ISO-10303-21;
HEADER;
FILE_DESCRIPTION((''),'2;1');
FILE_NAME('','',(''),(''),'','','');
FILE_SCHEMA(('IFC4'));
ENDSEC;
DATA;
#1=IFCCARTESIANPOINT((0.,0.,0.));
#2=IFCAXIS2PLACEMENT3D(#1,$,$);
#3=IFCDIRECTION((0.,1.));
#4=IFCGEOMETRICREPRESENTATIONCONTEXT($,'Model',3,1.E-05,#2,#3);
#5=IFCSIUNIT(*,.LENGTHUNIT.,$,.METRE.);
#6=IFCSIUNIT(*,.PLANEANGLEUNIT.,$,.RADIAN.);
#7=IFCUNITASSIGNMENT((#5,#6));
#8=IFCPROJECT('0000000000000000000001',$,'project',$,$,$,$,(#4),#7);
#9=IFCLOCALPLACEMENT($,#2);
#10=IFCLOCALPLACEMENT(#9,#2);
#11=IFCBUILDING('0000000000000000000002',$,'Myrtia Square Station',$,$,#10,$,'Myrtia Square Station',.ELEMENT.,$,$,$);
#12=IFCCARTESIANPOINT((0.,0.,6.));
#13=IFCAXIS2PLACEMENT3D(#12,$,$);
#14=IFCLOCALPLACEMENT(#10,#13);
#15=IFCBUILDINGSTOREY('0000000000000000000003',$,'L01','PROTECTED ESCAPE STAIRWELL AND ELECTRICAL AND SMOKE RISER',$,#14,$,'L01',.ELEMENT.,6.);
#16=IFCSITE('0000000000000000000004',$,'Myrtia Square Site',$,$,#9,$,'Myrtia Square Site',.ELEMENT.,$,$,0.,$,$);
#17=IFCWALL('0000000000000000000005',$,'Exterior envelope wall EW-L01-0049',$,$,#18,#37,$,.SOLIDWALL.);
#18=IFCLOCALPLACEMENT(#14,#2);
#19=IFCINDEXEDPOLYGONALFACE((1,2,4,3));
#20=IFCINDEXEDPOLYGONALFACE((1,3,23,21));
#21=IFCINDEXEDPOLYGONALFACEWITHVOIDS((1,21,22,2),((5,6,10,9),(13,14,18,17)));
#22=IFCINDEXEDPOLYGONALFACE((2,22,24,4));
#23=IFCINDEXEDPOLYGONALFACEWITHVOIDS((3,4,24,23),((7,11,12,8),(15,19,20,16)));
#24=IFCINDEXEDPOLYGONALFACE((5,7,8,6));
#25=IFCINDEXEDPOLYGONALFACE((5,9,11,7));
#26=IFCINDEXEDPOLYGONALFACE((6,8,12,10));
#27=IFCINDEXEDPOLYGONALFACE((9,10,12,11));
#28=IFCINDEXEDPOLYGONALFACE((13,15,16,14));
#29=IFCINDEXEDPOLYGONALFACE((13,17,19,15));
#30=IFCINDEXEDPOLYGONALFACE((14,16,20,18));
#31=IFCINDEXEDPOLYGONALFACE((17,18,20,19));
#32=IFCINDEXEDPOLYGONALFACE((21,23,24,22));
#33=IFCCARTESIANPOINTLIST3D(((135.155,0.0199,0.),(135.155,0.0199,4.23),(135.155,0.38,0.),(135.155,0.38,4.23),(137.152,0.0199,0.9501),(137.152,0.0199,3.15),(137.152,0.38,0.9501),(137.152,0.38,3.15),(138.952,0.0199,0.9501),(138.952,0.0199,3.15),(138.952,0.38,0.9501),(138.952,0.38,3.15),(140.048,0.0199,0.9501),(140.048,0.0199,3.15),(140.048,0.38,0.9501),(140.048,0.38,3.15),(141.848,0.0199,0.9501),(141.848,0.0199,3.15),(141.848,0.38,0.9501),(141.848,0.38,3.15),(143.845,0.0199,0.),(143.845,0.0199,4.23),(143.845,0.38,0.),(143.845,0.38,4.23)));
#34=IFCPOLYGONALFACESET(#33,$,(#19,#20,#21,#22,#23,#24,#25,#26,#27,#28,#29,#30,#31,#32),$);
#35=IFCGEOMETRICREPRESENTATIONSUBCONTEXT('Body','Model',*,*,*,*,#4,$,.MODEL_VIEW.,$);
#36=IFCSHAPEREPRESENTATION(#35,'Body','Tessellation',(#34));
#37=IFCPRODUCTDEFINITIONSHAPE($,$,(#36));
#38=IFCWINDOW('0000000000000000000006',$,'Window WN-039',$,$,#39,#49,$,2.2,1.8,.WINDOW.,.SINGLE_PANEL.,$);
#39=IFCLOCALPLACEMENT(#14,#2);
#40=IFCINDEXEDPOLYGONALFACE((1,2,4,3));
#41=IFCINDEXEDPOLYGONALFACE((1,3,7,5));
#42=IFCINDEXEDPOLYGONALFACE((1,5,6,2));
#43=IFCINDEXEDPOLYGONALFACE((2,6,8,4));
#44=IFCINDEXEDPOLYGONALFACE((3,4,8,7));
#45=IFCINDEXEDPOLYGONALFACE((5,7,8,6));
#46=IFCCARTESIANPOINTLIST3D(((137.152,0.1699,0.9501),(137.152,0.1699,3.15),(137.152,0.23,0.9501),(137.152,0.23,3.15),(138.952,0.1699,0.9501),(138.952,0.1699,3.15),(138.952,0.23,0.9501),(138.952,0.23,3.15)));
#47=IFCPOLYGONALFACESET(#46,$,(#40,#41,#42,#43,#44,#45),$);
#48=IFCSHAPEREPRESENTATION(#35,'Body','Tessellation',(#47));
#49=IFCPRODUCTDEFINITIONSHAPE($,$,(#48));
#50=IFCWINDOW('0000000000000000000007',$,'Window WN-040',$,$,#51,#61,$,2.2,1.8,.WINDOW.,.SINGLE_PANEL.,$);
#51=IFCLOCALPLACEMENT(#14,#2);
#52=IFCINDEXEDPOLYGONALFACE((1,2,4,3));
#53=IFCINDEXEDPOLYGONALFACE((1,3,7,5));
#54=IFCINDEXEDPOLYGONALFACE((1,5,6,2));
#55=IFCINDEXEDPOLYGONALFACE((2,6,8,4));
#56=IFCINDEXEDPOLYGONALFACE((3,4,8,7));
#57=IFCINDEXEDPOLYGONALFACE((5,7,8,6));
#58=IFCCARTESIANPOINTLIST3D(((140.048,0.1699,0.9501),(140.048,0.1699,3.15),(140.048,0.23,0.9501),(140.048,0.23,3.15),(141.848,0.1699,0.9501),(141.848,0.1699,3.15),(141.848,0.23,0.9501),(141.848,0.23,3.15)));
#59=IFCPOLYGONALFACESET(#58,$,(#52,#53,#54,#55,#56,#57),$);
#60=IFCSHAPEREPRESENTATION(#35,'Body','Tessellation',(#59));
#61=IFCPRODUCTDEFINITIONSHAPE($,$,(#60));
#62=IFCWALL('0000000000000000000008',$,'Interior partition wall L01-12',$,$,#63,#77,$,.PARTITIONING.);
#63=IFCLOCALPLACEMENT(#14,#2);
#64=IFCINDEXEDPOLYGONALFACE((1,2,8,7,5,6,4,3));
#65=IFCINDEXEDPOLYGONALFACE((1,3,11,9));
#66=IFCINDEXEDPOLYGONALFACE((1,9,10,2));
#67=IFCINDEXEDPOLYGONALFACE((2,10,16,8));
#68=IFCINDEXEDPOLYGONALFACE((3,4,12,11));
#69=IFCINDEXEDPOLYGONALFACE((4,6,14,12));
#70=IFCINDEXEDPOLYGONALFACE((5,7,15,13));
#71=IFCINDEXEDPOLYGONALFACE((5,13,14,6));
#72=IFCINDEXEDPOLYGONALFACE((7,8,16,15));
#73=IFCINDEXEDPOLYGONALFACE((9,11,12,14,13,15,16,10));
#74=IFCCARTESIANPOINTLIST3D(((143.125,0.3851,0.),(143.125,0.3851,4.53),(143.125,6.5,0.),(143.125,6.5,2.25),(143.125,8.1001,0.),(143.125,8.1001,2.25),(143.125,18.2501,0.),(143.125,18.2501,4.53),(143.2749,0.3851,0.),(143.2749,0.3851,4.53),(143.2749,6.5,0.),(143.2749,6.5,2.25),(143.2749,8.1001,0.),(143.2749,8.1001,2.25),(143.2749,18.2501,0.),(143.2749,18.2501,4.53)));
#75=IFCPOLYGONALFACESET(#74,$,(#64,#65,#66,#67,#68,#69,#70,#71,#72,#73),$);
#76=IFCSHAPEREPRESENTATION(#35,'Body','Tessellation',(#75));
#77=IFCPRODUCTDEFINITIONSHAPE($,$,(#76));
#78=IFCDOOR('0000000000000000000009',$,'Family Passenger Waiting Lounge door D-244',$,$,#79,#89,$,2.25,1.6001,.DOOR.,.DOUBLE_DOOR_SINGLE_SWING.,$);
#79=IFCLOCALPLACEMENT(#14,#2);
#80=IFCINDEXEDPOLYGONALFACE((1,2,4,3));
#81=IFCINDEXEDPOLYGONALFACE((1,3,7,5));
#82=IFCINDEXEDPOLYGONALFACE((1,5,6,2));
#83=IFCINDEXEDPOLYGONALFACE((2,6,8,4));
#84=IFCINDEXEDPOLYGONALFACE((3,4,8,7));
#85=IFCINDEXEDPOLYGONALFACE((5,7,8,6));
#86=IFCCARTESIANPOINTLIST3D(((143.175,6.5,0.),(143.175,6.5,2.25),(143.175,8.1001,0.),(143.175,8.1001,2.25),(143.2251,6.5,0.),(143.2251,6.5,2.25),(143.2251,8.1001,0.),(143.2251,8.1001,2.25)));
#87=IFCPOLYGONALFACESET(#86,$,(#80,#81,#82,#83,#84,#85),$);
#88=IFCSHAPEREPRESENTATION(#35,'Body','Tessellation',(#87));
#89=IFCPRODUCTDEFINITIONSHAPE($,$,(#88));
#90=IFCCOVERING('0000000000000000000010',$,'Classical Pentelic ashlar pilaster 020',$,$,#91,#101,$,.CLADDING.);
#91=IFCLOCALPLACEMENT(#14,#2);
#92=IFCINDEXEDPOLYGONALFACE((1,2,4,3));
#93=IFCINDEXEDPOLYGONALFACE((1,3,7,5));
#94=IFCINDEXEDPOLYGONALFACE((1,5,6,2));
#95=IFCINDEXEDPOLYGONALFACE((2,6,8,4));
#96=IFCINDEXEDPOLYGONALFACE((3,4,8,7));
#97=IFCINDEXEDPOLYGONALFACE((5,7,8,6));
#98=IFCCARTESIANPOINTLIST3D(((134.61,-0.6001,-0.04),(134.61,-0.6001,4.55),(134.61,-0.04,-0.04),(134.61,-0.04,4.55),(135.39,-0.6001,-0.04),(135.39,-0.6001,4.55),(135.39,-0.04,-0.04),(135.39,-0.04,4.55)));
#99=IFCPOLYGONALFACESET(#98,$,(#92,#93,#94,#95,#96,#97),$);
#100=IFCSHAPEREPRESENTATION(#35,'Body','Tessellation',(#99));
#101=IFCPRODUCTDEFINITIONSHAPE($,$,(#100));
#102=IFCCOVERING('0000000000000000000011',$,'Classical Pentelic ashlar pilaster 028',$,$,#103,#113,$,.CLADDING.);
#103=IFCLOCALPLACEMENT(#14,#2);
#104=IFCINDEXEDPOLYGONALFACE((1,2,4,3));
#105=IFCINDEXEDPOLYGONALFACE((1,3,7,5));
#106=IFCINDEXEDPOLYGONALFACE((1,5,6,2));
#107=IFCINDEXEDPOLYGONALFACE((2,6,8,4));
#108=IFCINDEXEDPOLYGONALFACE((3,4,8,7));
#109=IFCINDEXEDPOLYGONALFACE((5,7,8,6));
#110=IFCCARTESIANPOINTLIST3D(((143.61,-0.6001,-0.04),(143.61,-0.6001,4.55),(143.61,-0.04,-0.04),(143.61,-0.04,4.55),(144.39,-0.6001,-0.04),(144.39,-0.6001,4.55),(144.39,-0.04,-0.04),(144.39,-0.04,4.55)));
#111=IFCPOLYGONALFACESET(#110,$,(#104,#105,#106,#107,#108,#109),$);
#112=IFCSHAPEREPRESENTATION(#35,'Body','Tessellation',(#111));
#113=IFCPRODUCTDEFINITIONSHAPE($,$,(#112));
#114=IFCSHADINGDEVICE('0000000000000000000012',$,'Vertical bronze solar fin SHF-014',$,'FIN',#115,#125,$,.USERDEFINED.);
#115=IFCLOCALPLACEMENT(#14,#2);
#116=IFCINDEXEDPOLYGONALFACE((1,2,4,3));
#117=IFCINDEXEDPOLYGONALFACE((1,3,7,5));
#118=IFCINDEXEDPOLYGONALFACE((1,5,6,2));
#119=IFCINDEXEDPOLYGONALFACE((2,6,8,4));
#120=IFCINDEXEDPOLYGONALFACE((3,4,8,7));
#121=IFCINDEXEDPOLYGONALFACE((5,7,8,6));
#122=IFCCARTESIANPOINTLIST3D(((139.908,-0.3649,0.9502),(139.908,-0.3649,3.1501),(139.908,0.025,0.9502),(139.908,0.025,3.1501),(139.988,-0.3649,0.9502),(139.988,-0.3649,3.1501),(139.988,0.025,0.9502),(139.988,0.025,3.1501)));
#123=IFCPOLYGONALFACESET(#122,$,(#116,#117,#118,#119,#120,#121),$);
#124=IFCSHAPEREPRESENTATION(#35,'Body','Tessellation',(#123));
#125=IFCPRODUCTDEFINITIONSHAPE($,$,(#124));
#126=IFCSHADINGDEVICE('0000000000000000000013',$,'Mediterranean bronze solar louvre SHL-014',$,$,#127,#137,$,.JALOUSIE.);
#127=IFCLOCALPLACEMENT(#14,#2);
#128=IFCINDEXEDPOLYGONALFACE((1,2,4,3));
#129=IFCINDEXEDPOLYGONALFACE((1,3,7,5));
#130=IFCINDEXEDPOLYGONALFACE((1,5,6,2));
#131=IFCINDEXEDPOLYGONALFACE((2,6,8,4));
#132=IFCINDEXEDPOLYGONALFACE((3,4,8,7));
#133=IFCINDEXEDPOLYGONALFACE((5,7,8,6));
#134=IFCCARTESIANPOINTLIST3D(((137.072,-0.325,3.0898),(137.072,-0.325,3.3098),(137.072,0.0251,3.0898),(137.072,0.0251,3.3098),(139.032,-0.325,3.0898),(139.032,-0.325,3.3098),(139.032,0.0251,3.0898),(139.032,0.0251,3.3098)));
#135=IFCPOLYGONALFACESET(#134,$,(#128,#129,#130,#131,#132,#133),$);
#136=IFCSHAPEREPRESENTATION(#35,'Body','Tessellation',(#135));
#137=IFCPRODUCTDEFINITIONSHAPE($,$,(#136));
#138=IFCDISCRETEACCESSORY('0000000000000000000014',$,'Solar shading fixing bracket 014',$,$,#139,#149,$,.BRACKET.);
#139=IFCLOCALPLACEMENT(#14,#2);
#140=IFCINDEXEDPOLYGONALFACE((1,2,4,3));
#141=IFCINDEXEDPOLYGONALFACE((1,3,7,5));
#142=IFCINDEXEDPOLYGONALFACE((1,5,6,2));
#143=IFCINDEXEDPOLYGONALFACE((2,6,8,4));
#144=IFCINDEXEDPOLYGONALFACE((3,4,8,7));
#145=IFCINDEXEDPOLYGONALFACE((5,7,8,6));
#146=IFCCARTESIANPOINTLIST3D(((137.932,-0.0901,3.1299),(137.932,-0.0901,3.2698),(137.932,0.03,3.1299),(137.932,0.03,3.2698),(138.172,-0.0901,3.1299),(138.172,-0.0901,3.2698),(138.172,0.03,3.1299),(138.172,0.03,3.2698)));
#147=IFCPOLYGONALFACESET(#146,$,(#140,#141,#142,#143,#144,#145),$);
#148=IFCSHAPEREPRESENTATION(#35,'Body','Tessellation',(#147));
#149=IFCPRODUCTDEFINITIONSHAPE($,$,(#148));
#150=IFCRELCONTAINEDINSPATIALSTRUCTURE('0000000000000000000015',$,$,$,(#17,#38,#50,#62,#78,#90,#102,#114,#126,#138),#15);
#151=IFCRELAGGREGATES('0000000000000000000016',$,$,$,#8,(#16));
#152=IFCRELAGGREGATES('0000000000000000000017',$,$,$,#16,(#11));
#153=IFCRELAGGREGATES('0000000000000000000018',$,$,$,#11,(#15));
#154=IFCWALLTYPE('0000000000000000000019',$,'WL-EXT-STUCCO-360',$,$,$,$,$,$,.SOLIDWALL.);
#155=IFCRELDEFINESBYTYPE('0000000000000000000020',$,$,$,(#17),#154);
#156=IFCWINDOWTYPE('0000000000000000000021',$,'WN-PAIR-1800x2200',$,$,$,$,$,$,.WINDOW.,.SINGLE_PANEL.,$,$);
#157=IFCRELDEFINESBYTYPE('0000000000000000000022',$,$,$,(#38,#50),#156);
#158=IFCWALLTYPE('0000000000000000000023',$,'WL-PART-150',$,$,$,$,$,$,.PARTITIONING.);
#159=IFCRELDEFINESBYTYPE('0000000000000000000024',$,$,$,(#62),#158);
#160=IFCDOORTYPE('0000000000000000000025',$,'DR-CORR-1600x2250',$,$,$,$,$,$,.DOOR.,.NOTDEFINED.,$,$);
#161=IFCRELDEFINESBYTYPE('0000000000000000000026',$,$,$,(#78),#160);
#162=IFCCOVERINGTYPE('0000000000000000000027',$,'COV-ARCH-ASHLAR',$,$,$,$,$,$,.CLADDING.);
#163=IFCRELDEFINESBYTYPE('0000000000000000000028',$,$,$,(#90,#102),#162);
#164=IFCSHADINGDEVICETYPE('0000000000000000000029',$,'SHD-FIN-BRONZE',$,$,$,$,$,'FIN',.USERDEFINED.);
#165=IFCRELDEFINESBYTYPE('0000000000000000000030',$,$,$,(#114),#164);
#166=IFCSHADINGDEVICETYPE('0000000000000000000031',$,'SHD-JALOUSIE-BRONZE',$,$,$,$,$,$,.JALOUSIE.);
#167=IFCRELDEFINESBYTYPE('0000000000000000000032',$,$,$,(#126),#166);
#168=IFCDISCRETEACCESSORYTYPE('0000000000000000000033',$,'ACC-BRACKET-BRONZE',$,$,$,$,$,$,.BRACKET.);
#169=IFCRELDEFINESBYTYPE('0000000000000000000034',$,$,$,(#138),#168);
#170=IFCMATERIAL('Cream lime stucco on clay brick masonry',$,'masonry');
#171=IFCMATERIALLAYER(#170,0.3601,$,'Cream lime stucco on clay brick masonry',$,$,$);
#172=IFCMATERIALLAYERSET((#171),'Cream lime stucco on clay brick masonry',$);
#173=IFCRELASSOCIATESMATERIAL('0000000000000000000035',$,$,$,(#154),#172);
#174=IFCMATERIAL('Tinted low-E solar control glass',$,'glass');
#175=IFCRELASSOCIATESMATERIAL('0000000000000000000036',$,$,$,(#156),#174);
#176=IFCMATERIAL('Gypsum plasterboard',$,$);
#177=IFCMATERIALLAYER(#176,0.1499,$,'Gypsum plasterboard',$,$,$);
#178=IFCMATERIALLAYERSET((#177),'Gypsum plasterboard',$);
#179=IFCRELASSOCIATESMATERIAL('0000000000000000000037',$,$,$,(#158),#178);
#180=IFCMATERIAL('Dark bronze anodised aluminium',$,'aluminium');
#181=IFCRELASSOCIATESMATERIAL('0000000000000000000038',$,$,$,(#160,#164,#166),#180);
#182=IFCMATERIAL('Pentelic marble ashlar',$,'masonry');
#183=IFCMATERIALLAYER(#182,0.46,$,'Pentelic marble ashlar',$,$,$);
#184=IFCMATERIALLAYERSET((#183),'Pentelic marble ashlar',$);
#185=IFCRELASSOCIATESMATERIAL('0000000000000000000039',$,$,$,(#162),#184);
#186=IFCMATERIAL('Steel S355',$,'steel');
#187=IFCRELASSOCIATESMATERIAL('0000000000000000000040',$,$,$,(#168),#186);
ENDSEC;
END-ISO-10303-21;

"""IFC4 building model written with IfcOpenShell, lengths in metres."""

from ifc_helpers import new_model, si_unit, direction, frame, frame_2d, origin, origin_2d, place, context, subcontext, project, spatial, rectangle, extrude, material, layer, layer_set, type_object, element, fill, save


model = new_model("IFC4")

# Units and contexts
model_context = context("Model", 3, precision=1e-05, world=origin(), true_north=direction((0.0, 1.0)))
body_context = subcontext(model_context, "Body", "Model", "MODEL_VIEW")
ifc_project = project(units=[si_unit("LENGTHUNIT", "METRE"), si_unit("PLANEANGLEUNIT", "RADIAN")], contexts=[model_context])

# Site, building, storey
site_placement = place(None, origin())
site = spatial("IfcSite", under=ifc_project, at=site_placement, Name="Myrtia Square Site", LongName="Myrtia Square Site", CompositionType="ELEMENT", RefElevation=0.0)
building_placement = place(site_placement, origin())
building = spatial("IfcBuilding", under=site, at=building_placement, Name="Myrtia Square Station", LongName="Myrtia Square Station", CompositionType="ELEMENT")
storey_placement = place(building_placement, frame((0.0, 0.0, 6.0)))
storey = spatial("IfcBuildingStorey", under=building, at=storey_placement, Name="L01", Description="PROTECTED ESCAPE STAIRWELL AND ELECTRICAL AND SMOKE RISER", LongName="L01", CompositionType="ELEMENT", Elevation=6.0)

# Shared definitions
ifc_material_1 = material(Name="Steel S355", Category="steel")

# Shared definitions
ifc_material_2 = material(Name="Dark bronze anodised aluminium", Category="aluminium")

# Wall, openings, windows
ifc_material_3 = material(Name="Cream lime stucco on clay brick masonry", Category="masonry")
ifc_layer_1 = layer(ifc_material_3, 0.3601, Name="Cream lime stucco on clay brick masonry")
ifc_layer_set_1 = layer_set([ifc_layer_1], Name="Cream lime stucco on clay brick masonry")
wall_type_1 = type_object("IfcWallType", Name="WL-EXT-STUCCO-360", PredefinedType="SOLIDWALL", material=ifc_layer_set_1)
wall_1_placement = place(storey_placement, frame((135.155, 0.2, 0.0), z_axis=(0.0, 0.0, 1.0), x_axis=(1.0, 0.0, 0.0)))
wall_1 = element("IfcWall", 1, at=wall_1_placement, inside=storey, type_object=wall_type_1, Name="Exterior envelope wall EW-L01-0049", PredefinedType="SOLIDWALL", context=body_context, shape_type="SweptSolid", body=[
    extrude(rectangle(XDim=8.6899, YDim=0.3601, at=frame_2d((4.345, 0.0))), origin(), (0.0, 0.0, 1.0), 4.23),
])
opening_1_placement = place(wall_1_placement, frame((1.9971, 0.0, 0.95)))
opening_1 = element("IfcOpeningElement", 2, at=opening_1_placement, cuts=wall_1, PredefinedType="OPENING", context=body_context, shape_type="SweptSolid", body=[
    extrude(rectangle(XDim=1.8, YDim=2.2, at=frame_2d((0.8999, 1.1001))), frame((0.0, 0.1951, 0.0), z_axis=(0.0, -1.0, 0.0), x_axis=(1.0, 0.0, 0.0)), (0.0, 0.0, 1.0), 0.3901),
])
opening_2_placement = place(wall_1_placement, frame((4.8931, 0.0, 0.95)))
opening_2 = element("IfcOpeningElement", 3, at=opening_2_placement, cuts=wall_1, PredefinedType="OPENING", context=body_context, shape_type="SweptSolid", body=[
    extrude(rectangle(XDim=1.8, YDim=2.2, at=frame_2d((0.8999, 1.1001))), frame((0.0, 0.1951, 0.0), z_axis=(0.0, -1.0, 0.0), x_axis=(1.0, 0.0, 0.0)), (0.0, 0.0, 1.0), 0.3901),
])
ifc_material_4 = material(Name="Tinted low-E solar control glass", Category="glass")
window_type = type_object("IfcWindowType", Name="WN-PAIR-1800x2200", PartitioningType="SINGLE_PANEL", PredefinedType="WINDOW", material=ifc_material_4)
window_1_placement = place(opening_1_placement, origin())
window_1 = element("IfcWindow", 4, at=window_1_placement, inside=storey, type_object=window_type, Name="Window WN-039", OverallHeight=2.2, OverallWidth=1.8, PartitioningType="SINGLE_PANEL", PredefinedType="WINDOW", context=body_context, shape_type="SweptSolid", body=[
    extrude(rectangle(XDim=1.8, YDim=2.2, at=frame_2d((0.8999, 1.1001))), frame((0.0, 0.03, 0.0), z_axis=(0.0, -1.0, 0.0), x_axis=(1.0, 0.0, 0.0)), (0.0, 0.0, 1.0), 0.0601),
])
fill(opening_1, window_1)
window_2_placement = place(opening_2_placement, origin())
window_2 = element("IfcWindow", 5, at=window_2_placement, inside=storey, type_object=window_type, Name="Window WN-040", OverallHeight=2.2, OverallWidth=1.8, PartitioningType="SINGLE_PANEL", PredefinedType="WINDOW", context=body_context, shape_type="SweptSolid", body=[
    extrude(rectangle(XDim=1.8, YDim=2.2, at=frame_2d((0.8999, 1.1001))), frame((0.0, 0.03, 0.0), z_axis=(0.0, -1.0, 0.0), x_axis=(1.0, 0.0, 0.0)), (0.0, 0.0, 1.0), 0.0601),
])
fill(opening_2, window_2)

# Wall, opening, door
ifc_material_5 = material(Name="Gypsum plasterboard")
ifc_layer_2 = layer(ifc_material_5, 0.1499, Name="Gypsum plasterboard")
ifc_layer_set_2 = layer_set([ifc_layer_2], Name="Gypsum plasterboard")
wall_type_2 = type_object("IfcWallType", Name="WL-PART-150", PredefinedType="PARTITIONING", material=ifc_layer_set_2)
wall_2_placement = place(storey_placement, frame((143.2, 0.385, 0.0), z_axis=(0.0, 0.0, 1.0), x_axis=(0.0, 1.0, 0.0)))
wall_2 = element("IfcWall", 6, at=wall_2_placement, inside=storey, type_object=wall_type_2, Name="Interior partition wall L01-12", PredefinedType="PARTITIONING", context=body_context, shape_type="SweptSolid", body=[
    extrude(rectangle(XDim=17.865, YDim=0.1499, at=frame_2d((8.9326, 0.0))), origin(), (0.0, 0.0, 1.0), 4.53),
])
opening_3_placement = place(wall_2_placement, frame((6.115, 0.0, 0.0)))
opening_3 = element("IfcOpeningElement", 7, at=opening_3_placement, cuts=wall_2, PredefinedType="OPENING", context=body_context, shape_type="SweptSolid", body=[
    extrude(rectangle(XDim=1.6001, YDim=2.25, at=frame_2d((0.8, 1.125))), frame((0.0, 0.0898, 0.0), z_axis=(0.0, -1.0, 0.0), x_axis=(1.0, 0.0, 0.0)), (0.0, 0.0, 1.0), 0.1799),
])
door_type_1 = type_object("IfcDoorType", Name="DR-CORR-1600x2250", OperationType="NOTDEFINED", PredefinedType="DOOR", material=ifc_material_2)
door_1_placement = place(opening_3_placement, origin())
door_1 = element("IfcDoor", 8, at=door_1_placement, inside=storey, type_object=door_type_1, Name="Family Passenger Waiting Lounge door D-244", OperationType="DOUBLE_DOOR_SINGLE_SWING", OverallHeight=2.25, OverallWidth=1.6001, PredefinedType="DOOR", context=body_context, shape_type="SweptSolid", body=[
    extrude(rectangle(XDim=1.6001, YDim=2.25, at=frame_2d((0.8, 1.125))), frame((0.0, 0.0249, 0.0), z_axis=(0.0, -1.0, 0.0), x_axis=(1.0, 0.0, 0.0)), (0.0, 0.0, 1.0), 0.05),
])
fill(opening_3, door_1)

# Coverings
ifc_material_6 = material(Name="Pentelic marble ashlar", Category="masonry")
ifc_layer_3 = layer(ifc_material_6, 0.46, Name="Pentelic marble ashlar")
ifc_layer_set_3 = layer_set([ifc_layer_3], Name="Pentelic marble ashlar")
covering_type = type_object("IfcCoveringType", Name="COV-ARCH-ASHLAR", PredefinedType="CLADDING", material=ifc_layer_set_3)
for number, where, z_axis, x_axis, name in (
    (9, (135.0, -0.3201, -0.04), (0.0, 0.0, 1.0), (1.0, 0.0, 0.0), "Classical Pentelic ashlar pilaster 020"),
    (10, (144.0, -0.3201, -0.04), (0.0, 0.0, 1.0), (1.0, 0.0, 0.0), "Classical Pentelic ashlar pilaster 028"),
):
    element("IfcCovering", number, at=place(storey_placement, frame(where, z_axis=z_axis, x_axis=x_axis)), inside=storey, type_object=covering_type, Name=name, PredefinedType="CLADDING", context=body_context, shape_type="SweptSolid", body=[
        extrude(rectangle(XDim=0.78, YDim=0.5601, at=origin_2d()), origin(), (0.0, 0.0, 1.0), 4.5901),
    ])

# Shading devices
shading_device_type_1 = type_object("IfcShadingDeviceType", Name="SHD-FIN-BRONZE", ElementType="FIN", PredefinedType="USERDEFINED", material=ifc_material_2)
shading_device_1_placement = place(storey_placement, frame((139.948, -0.1699, 0.9502), z_axis=(0.0, 0.0, 1.0), x_axis=(1.0, 0.0, 0.0)))
element("IfcShadingDevice", 11, at=shading_device_1_placement, inside=storey, type_object=shading_device_type_1, Name="Vertical bronze solar fin SHF-014", ObjectType="FIN", PredefinedType="USERDEFINED", context=body_context, shape_type="SweptSolid", body=[
    extrude(rectangle(XDim=0.0801, YDim=0.3899, at=origin_2d()), origin(), (0.0, 0.0, 1.0), 2.2),
])
shading_device_type_2 = type_object("IfcShadingDeviceType", Name="SHD-JALOUSIE-BRONZE", PredefinedType="JALOUSIE", material=ifc_material_2)
shading_device_2_placement = place(storey_placement, frame((138.052, -0.1499, 3.0898), z_axis=(0.0, 0.0, 1.0), x_axis=(1.0, 0.0, 0.0)))
element("IfcShadingDevice", 12, at=shading_device_2_placement, inside=storey, type_object=shading_device_type_2, Name="Mediterranean bronze solar louvre SHL-014", PredefinedType="JALOUSIE", context=body_context, shape_type="SweptSolid", body=[
    extrude(rectangle(XDim=1.96, YDim=0.3501, at=origin_2d()), origin(), (0.0, 0.0, 1.0), 0.22),
])

# Discrete accessory
discrete_accessory_type = type_object("IfcDiscreteAccessoryType", Name="ACC-BRACKET-BRONZE", PredefinedType="BRACKET", material=ifc_material_1)
discrete_accessory_placement = place(storey_placement, frame((138.052, -0.03, 3.1299), z_axis=(0.0, 0.0, 1.0), x_axis=(1.0, 0.0, 0.0)))
element("IfcDiscreteAccessory", 13, at=discrete_accessory_placement, inside=storey, type_object=discrete_accessory_type, Name="Solar shading fixing bracket 014", PredefinedType="BRACKET", context=body_context, shape_type="SweptSolid", body=[
    extrude(rectangle(XDim=0.24, YDim=0.1201, at=origin_2d()), origin(), (0.0, 0.0, 1.0), 0.1399),
])

save(model, "model.ifc")
